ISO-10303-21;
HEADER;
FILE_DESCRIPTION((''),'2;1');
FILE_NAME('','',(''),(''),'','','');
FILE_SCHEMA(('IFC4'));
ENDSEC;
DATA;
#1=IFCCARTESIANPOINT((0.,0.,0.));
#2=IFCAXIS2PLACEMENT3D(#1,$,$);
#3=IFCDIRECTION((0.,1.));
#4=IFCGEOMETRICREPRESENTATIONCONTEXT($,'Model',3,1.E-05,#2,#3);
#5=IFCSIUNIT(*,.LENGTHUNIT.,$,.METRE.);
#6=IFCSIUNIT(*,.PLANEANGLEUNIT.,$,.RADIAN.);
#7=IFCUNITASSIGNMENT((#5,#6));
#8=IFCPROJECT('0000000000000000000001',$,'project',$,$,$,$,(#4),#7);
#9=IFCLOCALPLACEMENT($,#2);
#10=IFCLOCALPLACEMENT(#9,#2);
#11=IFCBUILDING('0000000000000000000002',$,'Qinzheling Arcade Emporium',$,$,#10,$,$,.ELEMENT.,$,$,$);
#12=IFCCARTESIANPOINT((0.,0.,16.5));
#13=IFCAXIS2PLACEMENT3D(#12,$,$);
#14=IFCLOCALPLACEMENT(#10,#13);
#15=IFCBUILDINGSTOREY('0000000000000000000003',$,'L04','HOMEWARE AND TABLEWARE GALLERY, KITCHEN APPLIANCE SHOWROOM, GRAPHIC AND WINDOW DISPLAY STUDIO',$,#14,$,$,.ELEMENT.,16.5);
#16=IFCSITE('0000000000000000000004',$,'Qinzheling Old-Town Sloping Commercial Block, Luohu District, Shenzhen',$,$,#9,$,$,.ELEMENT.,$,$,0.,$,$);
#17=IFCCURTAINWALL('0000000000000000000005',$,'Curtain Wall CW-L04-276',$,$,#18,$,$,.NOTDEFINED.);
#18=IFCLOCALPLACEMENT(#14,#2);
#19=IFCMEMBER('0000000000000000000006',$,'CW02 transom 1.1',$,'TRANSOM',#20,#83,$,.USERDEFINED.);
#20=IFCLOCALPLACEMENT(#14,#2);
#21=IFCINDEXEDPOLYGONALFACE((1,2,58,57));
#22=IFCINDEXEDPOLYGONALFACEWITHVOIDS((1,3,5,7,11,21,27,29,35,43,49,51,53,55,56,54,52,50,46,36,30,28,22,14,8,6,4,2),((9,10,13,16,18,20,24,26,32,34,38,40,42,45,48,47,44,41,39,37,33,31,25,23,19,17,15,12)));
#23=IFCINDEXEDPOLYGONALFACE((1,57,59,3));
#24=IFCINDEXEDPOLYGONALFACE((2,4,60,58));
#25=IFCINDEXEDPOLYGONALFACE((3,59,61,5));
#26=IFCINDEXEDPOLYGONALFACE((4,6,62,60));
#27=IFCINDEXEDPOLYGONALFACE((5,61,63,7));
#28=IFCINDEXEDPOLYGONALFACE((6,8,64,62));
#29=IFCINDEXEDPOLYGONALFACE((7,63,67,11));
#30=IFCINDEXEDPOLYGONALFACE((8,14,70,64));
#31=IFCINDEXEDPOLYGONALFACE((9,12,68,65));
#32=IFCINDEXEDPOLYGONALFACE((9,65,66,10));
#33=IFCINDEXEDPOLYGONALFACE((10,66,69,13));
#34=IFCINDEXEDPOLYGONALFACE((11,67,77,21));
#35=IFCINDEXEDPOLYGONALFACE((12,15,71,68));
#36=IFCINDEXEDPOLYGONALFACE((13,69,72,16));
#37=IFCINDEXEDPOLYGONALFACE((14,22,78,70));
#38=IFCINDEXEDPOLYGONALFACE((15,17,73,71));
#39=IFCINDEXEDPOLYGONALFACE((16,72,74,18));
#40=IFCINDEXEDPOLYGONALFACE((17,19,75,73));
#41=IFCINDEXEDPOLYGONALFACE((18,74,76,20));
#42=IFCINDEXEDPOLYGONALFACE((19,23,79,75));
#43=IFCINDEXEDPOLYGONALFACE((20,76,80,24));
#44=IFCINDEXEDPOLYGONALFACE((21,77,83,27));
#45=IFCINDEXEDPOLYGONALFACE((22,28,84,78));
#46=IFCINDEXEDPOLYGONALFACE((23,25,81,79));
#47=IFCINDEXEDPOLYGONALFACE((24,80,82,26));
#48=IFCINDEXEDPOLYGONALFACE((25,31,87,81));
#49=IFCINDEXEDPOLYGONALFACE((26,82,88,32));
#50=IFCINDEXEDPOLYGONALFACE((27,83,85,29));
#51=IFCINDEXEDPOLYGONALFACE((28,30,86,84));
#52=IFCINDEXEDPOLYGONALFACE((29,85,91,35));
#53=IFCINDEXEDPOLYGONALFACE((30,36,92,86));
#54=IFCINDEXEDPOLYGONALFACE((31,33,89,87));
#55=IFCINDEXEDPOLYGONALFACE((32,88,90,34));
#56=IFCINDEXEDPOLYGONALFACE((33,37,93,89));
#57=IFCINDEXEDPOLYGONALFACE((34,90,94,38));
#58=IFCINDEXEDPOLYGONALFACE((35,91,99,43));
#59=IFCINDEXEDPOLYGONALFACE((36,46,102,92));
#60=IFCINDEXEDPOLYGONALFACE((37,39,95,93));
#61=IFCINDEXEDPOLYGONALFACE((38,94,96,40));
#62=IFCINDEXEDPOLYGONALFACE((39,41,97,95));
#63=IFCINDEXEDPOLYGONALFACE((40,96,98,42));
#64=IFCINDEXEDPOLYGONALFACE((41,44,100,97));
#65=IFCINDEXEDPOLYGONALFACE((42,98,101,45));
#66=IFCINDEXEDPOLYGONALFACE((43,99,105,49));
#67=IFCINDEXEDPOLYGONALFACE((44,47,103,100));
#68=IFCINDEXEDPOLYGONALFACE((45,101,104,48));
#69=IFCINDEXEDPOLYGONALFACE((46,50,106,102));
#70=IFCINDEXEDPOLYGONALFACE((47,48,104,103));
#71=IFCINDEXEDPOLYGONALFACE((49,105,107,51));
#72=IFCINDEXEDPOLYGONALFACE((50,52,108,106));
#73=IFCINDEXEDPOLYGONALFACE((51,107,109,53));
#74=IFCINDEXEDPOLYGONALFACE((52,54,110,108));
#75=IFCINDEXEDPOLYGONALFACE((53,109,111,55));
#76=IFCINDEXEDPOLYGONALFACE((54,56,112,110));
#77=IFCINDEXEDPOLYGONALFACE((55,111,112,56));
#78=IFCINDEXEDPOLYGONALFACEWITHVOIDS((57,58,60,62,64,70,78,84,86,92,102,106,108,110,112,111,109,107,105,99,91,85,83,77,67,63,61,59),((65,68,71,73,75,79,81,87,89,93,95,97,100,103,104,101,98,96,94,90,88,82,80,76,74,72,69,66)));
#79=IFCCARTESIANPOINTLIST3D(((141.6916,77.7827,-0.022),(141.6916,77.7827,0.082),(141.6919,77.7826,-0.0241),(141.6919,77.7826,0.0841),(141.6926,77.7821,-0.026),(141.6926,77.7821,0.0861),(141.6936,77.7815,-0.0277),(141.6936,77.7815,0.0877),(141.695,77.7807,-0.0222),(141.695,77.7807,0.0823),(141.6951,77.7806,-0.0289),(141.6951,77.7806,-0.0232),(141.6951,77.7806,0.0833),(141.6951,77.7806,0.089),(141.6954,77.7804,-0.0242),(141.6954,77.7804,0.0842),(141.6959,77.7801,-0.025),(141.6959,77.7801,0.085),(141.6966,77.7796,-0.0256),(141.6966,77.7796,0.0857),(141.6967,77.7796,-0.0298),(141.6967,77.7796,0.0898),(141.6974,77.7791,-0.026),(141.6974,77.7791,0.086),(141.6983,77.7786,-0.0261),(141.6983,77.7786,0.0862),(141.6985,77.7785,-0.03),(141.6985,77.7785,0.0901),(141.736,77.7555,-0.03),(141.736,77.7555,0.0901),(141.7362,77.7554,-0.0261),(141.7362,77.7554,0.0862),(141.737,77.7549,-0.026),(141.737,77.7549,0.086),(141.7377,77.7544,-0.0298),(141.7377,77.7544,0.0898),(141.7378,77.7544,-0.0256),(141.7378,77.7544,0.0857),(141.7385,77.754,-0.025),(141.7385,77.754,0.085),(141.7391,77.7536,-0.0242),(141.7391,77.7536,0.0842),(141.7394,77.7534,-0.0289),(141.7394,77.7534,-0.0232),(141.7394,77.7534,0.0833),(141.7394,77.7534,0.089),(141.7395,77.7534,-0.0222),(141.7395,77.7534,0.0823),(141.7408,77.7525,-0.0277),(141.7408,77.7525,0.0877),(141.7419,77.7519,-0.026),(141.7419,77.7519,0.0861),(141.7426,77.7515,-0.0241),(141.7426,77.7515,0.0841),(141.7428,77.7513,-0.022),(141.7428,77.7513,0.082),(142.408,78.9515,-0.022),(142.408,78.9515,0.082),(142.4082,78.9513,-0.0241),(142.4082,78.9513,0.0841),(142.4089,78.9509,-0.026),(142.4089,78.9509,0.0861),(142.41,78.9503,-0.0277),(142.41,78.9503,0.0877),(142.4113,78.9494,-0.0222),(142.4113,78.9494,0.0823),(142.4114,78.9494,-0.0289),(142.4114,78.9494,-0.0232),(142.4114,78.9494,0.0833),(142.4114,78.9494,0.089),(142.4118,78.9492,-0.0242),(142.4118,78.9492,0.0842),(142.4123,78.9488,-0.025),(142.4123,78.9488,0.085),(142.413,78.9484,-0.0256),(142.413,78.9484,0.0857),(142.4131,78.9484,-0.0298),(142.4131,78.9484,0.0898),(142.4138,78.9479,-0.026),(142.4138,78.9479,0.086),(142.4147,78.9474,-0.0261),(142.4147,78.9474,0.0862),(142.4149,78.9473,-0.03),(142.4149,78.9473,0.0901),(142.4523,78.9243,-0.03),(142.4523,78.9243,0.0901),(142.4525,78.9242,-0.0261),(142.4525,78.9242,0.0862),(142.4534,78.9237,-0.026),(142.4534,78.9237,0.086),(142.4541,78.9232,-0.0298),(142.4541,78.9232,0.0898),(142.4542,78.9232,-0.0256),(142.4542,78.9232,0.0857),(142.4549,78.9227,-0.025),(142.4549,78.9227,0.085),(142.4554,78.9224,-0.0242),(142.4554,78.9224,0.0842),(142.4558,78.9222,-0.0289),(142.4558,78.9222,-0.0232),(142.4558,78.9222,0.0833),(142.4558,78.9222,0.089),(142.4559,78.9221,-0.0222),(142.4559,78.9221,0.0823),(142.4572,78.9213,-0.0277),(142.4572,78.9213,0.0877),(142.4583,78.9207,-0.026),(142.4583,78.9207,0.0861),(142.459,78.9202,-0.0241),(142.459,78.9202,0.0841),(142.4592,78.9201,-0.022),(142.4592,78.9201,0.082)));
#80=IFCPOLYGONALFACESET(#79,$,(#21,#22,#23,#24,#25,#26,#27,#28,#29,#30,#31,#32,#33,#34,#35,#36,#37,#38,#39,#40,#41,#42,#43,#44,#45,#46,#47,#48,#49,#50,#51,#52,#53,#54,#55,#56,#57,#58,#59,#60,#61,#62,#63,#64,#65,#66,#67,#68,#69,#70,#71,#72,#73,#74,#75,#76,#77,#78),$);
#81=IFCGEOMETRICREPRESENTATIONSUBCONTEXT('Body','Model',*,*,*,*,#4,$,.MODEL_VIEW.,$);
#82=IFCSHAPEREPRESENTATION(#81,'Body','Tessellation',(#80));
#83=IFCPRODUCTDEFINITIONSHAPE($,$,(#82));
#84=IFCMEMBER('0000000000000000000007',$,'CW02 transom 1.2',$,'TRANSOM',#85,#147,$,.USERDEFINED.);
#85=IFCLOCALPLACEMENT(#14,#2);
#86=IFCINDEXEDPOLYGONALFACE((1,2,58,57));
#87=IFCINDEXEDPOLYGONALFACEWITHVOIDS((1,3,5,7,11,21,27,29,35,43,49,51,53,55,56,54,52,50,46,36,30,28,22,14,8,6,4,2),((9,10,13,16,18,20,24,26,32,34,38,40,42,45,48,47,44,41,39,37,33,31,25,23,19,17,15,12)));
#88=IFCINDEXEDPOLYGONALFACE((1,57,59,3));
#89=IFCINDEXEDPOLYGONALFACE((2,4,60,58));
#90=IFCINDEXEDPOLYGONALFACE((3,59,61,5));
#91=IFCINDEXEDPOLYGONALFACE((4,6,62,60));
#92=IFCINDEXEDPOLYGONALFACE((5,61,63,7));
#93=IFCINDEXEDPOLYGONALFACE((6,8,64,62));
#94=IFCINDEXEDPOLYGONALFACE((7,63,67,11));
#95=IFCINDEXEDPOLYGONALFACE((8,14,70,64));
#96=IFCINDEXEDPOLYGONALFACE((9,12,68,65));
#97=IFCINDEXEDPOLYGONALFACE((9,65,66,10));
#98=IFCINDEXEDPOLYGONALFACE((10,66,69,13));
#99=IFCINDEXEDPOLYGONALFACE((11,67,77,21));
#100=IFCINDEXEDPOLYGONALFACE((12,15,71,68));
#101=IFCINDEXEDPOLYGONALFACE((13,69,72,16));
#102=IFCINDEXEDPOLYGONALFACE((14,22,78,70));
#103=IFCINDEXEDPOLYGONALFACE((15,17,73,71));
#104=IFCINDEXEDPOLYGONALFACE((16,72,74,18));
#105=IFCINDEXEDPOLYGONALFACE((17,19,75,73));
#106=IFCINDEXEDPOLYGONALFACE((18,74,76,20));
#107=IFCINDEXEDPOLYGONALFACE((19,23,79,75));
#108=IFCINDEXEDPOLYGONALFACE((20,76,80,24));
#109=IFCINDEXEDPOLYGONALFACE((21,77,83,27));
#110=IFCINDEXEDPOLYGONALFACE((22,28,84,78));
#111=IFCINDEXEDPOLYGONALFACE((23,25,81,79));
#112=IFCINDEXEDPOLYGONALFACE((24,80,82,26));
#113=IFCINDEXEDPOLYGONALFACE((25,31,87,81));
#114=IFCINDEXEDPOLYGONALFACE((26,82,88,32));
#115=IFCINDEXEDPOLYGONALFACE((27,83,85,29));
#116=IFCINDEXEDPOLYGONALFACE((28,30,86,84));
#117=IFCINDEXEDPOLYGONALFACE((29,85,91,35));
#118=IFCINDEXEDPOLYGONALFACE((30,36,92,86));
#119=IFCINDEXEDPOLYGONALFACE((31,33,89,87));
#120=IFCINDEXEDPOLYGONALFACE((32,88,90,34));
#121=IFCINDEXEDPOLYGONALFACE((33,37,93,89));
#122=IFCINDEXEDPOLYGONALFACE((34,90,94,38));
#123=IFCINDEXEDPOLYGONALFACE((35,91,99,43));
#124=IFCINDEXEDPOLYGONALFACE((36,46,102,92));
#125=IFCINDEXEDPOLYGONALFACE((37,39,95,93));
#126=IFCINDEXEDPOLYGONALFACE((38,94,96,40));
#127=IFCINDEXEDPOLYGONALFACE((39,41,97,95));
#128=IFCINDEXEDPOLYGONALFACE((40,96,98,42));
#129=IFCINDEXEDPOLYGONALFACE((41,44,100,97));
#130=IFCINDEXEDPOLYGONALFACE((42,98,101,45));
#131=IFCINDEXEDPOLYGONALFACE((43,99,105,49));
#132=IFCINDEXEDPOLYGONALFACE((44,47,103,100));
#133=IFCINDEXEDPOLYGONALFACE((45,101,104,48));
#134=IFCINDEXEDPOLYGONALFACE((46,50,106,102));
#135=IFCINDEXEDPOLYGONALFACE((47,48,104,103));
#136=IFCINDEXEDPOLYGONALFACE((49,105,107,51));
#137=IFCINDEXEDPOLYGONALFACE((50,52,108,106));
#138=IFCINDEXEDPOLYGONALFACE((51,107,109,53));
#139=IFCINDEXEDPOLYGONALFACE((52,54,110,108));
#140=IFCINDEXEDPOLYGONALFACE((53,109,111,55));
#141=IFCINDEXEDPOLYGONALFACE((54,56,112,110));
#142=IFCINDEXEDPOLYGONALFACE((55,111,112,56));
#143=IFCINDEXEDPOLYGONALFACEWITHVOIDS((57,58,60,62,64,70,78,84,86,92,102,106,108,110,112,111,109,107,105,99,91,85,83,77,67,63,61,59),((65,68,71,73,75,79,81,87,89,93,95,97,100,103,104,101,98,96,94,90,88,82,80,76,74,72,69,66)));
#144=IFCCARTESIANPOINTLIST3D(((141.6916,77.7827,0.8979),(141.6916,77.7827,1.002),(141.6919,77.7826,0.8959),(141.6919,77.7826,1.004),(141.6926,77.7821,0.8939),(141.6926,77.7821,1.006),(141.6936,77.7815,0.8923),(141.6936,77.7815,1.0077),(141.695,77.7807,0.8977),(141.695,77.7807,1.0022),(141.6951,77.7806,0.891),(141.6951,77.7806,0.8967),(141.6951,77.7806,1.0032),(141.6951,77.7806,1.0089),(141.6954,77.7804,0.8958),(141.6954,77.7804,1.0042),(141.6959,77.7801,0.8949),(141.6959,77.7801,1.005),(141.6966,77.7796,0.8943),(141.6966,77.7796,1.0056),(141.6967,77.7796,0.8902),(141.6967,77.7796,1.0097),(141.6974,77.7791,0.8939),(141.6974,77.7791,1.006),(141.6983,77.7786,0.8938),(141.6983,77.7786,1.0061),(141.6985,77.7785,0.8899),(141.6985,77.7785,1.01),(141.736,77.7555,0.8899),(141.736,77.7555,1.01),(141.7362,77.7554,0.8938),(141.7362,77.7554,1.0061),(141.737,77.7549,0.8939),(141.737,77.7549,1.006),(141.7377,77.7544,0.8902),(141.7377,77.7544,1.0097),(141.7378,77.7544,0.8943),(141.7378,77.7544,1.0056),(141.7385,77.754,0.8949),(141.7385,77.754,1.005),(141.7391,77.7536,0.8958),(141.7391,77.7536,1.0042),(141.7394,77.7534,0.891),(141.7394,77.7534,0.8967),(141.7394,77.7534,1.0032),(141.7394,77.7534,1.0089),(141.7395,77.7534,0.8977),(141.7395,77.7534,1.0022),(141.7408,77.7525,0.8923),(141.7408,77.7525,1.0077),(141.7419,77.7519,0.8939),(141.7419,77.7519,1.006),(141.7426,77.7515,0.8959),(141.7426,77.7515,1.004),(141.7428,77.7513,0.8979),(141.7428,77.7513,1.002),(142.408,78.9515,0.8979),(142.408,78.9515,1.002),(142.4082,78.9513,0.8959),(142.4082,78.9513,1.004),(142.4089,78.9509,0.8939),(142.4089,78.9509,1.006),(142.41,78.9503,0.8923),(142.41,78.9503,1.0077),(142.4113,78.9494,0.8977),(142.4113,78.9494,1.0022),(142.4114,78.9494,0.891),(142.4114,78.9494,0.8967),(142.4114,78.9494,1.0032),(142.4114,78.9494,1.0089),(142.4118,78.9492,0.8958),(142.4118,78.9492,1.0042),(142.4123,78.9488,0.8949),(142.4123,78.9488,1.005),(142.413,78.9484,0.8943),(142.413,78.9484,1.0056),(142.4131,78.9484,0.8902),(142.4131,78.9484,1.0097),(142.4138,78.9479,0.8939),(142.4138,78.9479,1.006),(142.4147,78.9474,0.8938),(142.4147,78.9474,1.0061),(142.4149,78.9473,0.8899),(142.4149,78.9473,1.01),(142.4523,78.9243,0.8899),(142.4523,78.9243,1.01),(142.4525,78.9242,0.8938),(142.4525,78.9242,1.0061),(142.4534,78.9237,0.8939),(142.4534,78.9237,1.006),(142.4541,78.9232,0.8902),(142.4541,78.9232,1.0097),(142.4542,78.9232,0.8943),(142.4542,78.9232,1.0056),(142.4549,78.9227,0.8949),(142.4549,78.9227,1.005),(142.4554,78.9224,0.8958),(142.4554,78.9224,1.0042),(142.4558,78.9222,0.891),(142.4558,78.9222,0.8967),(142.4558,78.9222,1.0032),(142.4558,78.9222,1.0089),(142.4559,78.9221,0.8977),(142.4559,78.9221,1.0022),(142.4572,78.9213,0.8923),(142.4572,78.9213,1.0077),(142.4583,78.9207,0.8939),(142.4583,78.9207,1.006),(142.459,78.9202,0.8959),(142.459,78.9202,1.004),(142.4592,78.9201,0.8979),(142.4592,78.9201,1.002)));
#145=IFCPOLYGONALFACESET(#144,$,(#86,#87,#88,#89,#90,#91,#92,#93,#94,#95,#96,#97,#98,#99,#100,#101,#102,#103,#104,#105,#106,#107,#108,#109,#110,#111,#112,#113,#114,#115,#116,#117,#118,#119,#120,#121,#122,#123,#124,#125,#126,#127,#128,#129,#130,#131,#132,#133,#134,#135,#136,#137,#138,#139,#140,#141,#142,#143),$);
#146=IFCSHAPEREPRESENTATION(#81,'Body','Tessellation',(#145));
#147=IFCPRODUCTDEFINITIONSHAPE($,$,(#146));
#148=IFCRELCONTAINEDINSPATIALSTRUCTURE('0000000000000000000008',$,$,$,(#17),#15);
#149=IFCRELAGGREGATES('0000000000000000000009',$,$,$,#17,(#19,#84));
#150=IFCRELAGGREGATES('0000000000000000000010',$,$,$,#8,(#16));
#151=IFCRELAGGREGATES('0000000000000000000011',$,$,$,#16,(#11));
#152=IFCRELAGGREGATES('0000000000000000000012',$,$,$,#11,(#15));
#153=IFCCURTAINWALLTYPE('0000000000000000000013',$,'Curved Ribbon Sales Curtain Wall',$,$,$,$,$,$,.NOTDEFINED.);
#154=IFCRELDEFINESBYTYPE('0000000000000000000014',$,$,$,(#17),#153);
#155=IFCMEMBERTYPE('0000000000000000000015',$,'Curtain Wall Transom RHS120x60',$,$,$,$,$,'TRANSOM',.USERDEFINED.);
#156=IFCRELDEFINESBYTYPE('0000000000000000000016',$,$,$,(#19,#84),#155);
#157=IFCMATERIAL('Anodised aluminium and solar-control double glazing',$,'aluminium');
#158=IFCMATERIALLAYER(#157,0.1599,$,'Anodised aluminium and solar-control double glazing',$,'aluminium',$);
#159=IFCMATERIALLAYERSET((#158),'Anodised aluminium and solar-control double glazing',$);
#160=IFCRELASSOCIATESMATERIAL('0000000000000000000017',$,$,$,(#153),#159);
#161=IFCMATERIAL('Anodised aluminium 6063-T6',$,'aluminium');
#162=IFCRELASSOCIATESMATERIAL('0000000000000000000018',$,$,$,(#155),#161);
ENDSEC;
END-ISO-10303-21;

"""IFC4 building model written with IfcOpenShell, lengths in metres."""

from ifc_helpers import new_model, si_unit, direction, frame, origin, origin_2d, place, context, subcontext, project, spatial, hollow_rectangle, extrude, material, layer, layer_set, material_profile, profile_set, type_object, element, aggregate, save


model = new_model("IFC4")

# Units and contexts
model_context = context("Model", 3, precision=1e-05, world=origin(), true_north=direction((0.0, 1.0)))
body_context = subcontext(model_context, "Body", "Model", "MODEL_VIEW")
ifc_project = project(units=[si_unit("LENGTHUNIT", "METRE"), si_unit("PLANEANGLEUNIT", "RADIAN")], contexts=[model_context])

# Site, building, storey
site_placement = place(None, origin())
site = spatial("IfcSite", under=ifc_project, at=site_placement, Name="Qinzheling Old-Town Sloping Commercial Block, Luohu District, Shenzhen", CompositionType="ELEMENT", RefElevation=0.0)
building_placement = place(site_placement, origin())
building = spatial("IfcBuilding", under=site, at=building_placement, Name="Qinzheling Arcade Emporium", CompositionType="ELEMENT")
storey_placement = place(building_placement, frame((0.0, 0.0, 16.5)))
storey = spatial("IfcBuildingStorey", under=building, at=storey_placement, Name="L04", Description="HOMEWARE AND TABLEWARE GALLERY, KITCHEN APPLIANCE SHOWROOM, GRAPHIC AND WINDOW DISPLAY STUDIO", CompositionType="ELEMENT", Elevation=16.5)

# Curtain wall
ifc_material_1 = material(Name="Anodised aluminium and solar-control double glazing", Category="aluminium")
ifc_layer_1 = layer(ifc_material_1, 0.1599, Name="Anodised aluminium and solar-control double glazing", Category="aluminium")
ifc_layer_set_1 = layer_set([ifc_layer_1], Name="Anodised aluminium and solar-control double glazing")
curtain_wall_type = type_object("IfcCurtainWallType", Name="Curved Ribbon Sales Curtain Wall", PredefinedType="NOTDEFINED", material=ifc_layer_set_1)
curtain_wall_1_placement = place(storey_placement, origin())
curtain_wall_1 = element("IfcCurtainWall", 1, at=curtain_wall_1_placement, inside=storey, type_object=curtain_wall_type, Name="Curtain Wall CW-L04-276", PredefinedType="NOTDEFINED")
ifc_material_2 = material(Name="Anodised aluminium 6063-T6", Category="aluminium")

# Members
ifc_material_profile_1 = material_profile(ifc_material_2, hollow_rectangle(XDim=0.0601, YDim=0.1201, WallThickness=0.0039, InnerFilletRadius=0.0039, OuterFilletRadius=0.0081, at=origin_2d()), Name="RHS 120x60x4", Category="aluminium")
ifc_profile_set_1 = profile_set([ifc_material_profile_1], Name="Anodised aluminium 6063-T6")
member_type_1 = type_object("IfcMemberType", Name="Curtain Wall Transom RHS120x60", ElementType="TRANSOM", PredefinedType="USERDEFINED", material=ifc_profile_set_1)
member_1_placement = place(storey_placement, frame((142.4336, 78.9358, 0.03), z_axis=(-0.522566, -0.852599, 0.0), x_axis=(0.852599, -0.522566, 0.0)))
member_1 = element("IfcMember", 2, at=member_1_placement, type_object=member_type_1, Name="CW02 transom 1.1", ObjectType="TRANSOM", PredefinedType="USERDEFINED", context=body_context, shape_type="SweptSolid", body=[
    extrude(hollow_rectangle(XDim=0.0601, YDim=0.1201, WallThickness=0.0039, InnerFilletRadius=0.0039, OuterFilletRadius=0.0081, at=origin_2d()), origin(), (0.0, 0.0, 1.0), 1.3708),
])
member_2_placement = place(storey_placement, frame((142.4336, 78.9358, 0.95), z_axis=(-0.522566, -0.852599, 0.0), x_axis=(0.852599, -0.522566, 0.0)))
member_2 = element("IfcMember", 3, at=member_2_placement, type_object=member_type_1, Name="CW02 transom 1.2", ObjectType="TRANSOM", PredefinedType="USERDEFINED", context=body_context, shape_type="SweptSolid", body=[
    extrude(hollow_rectangle(XDim=0.0601, YDim=0.1201, WallThickness=0.0039, InnerFilletRadius=0.0039, OuterFilletRadius=0.0081, at=origin_2d()), origin(), (0.0, 0.0, 1.0), 1.3708),
])

aggregate(curtain_wall_1, [member_1, member_2])

save(model, "model.ifc")
